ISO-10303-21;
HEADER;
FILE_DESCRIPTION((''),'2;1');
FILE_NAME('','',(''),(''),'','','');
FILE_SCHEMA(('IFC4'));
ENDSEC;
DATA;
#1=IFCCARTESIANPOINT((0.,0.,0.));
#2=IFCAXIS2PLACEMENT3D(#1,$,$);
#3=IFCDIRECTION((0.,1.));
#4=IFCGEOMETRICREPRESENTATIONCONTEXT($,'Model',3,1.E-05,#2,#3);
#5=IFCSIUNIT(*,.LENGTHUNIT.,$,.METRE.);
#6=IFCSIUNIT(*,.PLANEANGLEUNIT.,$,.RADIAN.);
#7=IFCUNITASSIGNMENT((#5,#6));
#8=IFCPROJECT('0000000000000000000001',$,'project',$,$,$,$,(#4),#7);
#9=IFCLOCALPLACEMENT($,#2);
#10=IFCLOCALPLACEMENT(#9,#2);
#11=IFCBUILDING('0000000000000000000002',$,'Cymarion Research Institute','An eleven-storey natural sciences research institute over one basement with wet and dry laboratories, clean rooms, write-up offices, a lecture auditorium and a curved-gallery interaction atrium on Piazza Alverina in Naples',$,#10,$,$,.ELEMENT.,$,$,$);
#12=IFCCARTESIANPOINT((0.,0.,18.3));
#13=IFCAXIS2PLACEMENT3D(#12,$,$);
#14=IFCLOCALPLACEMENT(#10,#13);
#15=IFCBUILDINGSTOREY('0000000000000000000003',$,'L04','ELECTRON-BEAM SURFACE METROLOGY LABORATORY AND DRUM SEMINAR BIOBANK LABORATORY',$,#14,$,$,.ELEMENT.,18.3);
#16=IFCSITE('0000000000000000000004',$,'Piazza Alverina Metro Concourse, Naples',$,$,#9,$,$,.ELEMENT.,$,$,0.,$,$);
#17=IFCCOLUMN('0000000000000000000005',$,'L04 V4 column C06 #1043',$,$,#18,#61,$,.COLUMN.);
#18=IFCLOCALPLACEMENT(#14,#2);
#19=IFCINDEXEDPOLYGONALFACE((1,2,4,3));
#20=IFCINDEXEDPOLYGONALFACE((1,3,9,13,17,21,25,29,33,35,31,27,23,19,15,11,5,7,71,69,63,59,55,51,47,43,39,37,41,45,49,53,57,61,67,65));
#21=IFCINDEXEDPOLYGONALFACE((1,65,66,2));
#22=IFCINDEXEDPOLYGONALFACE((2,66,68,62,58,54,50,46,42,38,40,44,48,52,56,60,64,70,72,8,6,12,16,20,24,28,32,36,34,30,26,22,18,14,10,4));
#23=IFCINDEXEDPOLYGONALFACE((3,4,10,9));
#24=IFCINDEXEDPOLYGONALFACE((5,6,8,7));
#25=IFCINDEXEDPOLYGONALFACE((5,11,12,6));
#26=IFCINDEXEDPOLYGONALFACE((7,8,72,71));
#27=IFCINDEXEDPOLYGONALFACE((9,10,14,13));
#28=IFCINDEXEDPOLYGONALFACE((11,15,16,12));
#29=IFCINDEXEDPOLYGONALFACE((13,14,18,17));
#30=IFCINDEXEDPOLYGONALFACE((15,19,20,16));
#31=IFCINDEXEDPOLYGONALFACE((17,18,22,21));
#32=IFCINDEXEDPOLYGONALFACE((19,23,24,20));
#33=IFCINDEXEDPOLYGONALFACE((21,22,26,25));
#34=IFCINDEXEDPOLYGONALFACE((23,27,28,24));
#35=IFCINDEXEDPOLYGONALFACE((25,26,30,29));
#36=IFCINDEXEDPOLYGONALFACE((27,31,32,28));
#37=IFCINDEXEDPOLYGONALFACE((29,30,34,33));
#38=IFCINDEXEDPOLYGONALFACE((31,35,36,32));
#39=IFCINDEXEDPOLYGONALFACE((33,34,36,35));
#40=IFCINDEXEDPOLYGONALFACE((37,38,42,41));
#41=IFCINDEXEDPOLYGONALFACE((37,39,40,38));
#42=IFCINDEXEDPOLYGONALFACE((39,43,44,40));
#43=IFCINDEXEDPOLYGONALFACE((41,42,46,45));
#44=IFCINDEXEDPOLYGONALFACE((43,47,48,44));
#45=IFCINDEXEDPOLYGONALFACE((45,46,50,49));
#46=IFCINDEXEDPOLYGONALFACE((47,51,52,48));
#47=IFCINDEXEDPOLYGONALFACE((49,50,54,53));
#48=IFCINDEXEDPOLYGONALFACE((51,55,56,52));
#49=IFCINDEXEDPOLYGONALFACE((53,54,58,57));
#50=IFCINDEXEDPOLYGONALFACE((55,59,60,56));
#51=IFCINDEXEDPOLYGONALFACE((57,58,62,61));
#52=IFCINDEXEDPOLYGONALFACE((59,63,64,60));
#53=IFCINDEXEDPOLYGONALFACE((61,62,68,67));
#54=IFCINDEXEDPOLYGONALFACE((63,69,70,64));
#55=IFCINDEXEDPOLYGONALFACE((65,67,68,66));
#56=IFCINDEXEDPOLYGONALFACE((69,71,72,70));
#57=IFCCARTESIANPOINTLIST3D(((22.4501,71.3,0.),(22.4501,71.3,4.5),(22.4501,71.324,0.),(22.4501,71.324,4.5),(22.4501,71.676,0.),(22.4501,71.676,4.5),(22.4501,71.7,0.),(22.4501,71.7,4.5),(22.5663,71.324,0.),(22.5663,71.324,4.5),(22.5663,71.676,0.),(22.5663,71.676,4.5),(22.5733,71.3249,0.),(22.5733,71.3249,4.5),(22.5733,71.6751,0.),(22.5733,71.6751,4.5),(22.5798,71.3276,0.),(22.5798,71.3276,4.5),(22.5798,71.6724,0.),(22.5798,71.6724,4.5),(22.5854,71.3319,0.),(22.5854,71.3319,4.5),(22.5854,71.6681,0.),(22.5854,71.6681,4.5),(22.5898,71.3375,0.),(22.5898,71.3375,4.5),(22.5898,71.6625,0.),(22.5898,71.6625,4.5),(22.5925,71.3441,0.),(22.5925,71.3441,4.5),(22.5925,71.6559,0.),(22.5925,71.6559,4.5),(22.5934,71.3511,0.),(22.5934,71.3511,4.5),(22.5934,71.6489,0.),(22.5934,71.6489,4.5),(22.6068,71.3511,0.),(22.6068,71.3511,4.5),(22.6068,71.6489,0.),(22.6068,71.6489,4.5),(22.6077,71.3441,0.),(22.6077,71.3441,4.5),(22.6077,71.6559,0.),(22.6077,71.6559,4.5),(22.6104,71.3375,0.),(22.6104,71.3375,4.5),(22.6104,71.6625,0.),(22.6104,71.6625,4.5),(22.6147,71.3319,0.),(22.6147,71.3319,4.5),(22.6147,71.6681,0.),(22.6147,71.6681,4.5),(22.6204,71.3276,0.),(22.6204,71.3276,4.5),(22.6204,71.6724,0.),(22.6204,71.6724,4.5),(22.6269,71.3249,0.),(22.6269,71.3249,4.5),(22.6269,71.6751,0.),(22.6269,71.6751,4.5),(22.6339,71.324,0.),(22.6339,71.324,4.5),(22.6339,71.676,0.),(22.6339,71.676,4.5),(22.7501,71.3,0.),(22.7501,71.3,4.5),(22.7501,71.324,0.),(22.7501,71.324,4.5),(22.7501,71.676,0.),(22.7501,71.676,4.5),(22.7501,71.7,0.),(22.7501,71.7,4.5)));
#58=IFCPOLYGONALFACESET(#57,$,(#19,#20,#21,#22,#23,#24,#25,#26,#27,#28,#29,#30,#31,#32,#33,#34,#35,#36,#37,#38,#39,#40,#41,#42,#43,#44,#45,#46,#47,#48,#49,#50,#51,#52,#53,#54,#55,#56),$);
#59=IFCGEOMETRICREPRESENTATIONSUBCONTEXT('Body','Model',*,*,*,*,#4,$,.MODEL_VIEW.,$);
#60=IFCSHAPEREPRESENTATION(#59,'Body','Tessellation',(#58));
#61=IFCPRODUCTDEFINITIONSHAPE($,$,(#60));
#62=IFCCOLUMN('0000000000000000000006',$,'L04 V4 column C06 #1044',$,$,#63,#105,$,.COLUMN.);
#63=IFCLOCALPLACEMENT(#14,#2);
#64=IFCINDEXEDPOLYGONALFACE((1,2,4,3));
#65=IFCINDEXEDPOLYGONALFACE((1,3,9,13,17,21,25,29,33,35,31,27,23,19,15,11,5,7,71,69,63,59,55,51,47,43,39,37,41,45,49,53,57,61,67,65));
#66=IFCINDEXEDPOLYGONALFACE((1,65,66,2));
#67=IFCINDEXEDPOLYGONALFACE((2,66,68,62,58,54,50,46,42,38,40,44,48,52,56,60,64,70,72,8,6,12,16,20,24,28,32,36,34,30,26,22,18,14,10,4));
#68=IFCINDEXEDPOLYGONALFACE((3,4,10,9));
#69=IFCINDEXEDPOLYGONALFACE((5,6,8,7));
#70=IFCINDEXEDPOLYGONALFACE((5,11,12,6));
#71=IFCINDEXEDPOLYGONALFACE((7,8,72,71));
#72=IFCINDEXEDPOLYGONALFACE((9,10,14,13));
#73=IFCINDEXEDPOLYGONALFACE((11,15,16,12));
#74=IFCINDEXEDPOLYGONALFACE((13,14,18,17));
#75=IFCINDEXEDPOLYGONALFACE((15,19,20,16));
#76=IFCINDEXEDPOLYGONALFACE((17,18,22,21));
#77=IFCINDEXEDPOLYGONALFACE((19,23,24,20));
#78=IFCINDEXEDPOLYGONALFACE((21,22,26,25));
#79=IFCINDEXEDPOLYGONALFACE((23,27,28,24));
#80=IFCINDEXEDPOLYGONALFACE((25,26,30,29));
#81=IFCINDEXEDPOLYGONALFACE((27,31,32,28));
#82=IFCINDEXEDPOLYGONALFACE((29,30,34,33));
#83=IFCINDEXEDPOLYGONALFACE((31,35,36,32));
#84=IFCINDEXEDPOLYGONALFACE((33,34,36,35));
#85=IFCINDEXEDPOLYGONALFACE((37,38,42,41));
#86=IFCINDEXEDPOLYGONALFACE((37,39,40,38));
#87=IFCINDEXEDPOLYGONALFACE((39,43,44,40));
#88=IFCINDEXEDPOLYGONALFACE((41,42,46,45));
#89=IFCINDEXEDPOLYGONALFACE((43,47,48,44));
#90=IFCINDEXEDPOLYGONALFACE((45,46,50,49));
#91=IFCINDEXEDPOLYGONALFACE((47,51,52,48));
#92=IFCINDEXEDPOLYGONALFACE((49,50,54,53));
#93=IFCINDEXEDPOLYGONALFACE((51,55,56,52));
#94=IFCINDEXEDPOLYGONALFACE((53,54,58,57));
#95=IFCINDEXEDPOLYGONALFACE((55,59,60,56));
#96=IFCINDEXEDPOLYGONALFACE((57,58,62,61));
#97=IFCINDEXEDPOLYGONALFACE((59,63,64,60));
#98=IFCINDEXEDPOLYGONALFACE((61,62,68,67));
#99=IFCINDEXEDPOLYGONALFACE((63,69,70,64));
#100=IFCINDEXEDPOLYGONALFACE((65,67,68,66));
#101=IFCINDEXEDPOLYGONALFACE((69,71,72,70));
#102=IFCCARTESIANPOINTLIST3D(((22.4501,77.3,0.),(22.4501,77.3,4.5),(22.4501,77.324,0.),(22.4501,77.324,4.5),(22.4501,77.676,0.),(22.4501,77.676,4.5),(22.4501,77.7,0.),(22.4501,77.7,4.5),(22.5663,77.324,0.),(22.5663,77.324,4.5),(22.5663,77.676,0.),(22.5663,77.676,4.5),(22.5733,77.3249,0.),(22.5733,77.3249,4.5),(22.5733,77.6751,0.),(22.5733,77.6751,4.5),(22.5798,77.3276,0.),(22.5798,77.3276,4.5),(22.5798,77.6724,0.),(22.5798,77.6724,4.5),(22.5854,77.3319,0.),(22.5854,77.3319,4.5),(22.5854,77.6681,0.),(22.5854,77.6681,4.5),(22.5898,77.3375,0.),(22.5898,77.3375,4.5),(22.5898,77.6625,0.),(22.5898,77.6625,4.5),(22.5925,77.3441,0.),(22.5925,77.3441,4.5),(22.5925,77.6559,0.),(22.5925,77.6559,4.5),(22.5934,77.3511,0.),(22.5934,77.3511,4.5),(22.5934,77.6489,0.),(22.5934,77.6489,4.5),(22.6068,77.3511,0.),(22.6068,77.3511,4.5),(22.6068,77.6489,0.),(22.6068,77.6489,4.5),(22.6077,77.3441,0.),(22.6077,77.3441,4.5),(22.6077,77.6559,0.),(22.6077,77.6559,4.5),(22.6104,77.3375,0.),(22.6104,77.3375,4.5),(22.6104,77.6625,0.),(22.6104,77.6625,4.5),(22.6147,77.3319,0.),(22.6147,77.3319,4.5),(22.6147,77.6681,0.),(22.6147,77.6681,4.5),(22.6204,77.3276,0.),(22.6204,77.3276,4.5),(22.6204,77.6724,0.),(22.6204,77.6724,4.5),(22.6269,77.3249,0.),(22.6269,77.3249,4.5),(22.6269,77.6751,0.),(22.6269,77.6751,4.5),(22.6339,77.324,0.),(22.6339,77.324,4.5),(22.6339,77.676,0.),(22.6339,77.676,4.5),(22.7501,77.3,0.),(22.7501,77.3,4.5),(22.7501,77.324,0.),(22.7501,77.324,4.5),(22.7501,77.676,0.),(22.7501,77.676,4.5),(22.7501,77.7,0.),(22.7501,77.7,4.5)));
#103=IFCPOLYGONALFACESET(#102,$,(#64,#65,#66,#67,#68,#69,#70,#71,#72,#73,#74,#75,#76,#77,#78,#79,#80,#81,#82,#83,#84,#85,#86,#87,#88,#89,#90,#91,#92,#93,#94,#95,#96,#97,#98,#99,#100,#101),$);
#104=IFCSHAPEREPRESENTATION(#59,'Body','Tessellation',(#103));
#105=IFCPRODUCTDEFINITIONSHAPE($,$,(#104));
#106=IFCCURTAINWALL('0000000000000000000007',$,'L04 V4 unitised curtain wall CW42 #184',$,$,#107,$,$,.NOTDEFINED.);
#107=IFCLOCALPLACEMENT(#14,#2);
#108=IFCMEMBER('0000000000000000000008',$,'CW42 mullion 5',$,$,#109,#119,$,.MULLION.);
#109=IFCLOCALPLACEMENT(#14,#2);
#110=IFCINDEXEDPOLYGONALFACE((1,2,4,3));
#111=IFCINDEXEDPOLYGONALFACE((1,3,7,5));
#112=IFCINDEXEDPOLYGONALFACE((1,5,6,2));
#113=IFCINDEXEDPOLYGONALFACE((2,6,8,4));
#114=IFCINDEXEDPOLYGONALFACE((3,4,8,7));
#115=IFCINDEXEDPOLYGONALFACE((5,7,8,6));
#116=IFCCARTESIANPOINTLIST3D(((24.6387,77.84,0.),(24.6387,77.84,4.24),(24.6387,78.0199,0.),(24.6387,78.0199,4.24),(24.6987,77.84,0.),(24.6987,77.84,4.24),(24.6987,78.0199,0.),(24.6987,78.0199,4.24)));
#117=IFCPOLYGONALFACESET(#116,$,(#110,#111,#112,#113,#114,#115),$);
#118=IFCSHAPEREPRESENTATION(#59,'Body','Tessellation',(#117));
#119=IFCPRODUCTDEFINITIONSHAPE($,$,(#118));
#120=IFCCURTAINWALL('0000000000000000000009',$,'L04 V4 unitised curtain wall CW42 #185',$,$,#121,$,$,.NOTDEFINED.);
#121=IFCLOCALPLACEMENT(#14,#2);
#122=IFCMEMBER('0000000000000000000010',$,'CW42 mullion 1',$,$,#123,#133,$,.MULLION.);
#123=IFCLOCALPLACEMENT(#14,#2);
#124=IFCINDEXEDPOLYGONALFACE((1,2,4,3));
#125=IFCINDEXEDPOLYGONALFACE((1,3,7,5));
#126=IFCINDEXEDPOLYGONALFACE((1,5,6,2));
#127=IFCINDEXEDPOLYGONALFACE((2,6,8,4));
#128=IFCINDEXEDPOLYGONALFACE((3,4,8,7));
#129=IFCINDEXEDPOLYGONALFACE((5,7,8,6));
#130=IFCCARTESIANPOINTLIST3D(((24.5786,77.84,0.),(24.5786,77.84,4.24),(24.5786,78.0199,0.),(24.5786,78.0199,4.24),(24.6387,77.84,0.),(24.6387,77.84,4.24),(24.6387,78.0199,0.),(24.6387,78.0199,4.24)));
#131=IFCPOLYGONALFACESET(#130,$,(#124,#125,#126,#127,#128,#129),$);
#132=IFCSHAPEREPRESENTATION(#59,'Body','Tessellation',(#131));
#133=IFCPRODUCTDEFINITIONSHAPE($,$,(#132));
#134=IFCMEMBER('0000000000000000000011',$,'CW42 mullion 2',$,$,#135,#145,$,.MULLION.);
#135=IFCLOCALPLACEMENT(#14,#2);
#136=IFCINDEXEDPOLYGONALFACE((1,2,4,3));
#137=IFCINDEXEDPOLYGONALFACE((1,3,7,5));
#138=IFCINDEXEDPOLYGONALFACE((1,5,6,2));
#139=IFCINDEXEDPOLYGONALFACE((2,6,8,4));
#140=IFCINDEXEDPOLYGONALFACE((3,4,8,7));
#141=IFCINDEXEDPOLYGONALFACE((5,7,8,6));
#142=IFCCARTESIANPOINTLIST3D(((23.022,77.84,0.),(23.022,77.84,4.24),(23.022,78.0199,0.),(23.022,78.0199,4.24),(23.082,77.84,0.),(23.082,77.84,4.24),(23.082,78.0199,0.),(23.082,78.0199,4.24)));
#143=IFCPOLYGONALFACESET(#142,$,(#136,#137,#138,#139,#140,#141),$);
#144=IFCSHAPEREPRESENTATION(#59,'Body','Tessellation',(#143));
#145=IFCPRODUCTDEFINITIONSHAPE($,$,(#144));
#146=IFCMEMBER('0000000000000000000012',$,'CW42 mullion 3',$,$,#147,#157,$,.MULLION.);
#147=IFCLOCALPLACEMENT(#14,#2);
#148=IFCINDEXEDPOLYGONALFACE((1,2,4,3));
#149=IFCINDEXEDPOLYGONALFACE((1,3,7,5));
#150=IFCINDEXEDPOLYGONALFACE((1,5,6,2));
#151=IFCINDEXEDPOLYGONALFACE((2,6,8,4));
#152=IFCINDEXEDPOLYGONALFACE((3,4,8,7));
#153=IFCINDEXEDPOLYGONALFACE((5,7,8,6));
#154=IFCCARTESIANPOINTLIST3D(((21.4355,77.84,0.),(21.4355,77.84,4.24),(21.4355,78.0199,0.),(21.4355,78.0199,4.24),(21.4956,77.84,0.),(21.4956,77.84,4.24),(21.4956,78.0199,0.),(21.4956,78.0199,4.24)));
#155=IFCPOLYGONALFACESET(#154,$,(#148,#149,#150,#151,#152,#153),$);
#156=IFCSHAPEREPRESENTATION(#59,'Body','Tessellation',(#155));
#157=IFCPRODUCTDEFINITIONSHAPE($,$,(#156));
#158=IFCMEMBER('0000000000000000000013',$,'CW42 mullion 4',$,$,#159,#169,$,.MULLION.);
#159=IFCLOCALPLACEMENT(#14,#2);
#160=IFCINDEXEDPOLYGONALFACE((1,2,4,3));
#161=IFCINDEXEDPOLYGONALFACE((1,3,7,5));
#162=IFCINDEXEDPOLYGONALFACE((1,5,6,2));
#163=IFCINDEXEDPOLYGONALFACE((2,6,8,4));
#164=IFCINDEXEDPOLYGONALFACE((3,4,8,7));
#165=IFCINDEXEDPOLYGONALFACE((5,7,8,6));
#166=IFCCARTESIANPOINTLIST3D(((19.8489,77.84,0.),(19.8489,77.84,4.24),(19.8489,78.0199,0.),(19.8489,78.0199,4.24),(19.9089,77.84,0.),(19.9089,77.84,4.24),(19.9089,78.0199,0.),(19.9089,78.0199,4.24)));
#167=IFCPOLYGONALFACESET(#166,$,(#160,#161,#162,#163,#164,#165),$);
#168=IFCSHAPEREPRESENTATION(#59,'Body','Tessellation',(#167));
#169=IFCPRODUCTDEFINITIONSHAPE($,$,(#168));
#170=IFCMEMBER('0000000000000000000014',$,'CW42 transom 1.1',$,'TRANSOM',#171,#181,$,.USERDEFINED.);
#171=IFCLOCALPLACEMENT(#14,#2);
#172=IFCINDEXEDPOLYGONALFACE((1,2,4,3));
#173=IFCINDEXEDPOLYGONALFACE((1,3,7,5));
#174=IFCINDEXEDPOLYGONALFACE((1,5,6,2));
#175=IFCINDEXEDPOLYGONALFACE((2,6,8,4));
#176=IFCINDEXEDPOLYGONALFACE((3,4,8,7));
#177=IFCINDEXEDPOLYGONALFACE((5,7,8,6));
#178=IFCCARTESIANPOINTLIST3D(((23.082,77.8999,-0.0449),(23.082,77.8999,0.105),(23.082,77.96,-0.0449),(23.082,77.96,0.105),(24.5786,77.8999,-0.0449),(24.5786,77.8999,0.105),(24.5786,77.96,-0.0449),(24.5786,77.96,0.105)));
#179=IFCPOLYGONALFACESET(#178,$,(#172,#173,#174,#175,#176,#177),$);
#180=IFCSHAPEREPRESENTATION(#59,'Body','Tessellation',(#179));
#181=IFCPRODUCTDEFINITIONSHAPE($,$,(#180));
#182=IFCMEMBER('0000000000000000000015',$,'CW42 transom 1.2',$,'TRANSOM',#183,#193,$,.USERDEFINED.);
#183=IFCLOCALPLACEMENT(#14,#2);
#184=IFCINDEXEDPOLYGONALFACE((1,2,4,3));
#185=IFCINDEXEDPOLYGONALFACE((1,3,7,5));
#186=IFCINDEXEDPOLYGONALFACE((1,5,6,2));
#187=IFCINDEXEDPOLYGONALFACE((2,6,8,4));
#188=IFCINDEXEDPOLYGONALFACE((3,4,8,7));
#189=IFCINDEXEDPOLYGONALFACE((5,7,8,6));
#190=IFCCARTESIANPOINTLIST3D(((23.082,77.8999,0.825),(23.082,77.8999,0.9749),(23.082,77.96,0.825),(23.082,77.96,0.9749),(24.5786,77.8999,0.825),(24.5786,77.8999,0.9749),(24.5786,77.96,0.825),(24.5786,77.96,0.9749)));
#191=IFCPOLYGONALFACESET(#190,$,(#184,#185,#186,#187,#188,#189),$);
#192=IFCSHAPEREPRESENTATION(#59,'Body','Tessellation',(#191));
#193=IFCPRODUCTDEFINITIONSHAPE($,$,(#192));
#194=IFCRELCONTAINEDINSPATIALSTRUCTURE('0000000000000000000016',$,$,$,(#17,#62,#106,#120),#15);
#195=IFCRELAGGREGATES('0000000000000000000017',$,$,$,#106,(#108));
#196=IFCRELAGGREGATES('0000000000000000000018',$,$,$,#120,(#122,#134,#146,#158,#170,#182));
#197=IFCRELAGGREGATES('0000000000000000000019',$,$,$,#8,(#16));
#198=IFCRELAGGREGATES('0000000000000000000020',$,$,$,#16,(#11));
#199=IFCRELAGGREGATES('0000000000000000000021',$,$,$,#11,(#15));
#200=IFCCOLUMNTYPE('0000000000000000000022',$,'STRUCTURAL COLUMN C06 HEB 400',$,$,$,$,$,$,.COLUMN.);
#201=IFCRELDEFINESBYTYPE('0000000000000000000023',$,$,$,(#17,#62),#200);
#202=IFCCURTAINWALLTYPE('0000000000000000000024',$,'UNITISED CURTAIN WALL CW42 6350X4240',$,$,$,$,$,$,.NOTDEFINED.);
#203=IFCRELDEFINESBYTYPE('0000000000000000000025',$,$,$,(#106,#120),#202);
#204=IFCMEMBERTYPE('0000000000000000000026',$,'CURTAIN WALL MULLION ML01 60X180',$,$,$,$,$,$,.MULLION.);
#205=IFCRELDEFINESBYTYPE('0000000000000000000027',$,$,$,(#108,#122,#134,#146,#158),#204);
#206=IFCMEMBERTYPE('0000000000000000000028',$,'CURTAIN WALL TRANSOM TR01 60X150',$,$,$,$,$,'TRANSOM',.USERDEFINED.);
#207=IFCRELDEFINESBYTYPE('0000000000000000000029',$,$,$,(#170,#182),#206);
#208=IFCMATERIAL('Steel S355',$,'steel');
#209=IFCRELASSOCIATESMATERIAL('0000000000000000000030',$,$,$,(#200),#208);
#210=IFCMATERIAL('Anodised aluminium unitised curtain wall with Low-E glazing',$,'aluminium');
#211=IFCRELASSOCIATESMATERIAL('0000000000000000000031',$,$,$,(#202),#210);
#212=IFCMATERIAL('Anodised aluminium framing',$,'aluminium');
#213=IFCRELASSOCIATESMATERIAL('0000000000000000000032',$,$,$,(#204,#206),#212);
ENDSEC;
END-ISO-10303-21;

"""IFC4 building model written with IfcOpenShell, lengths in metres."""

from ifc_helpers import new_model, si_unit, direction, frame, origin, origin_2d, place, context, subcontext, project, spatial, rectangle, i_section, extrude, material, material_profile, profile_set, type_object, element, aggregate, save


model = new_model("IFC4")

# Units and contexts
model_context = context("Model", 3, precision=1e-05, world=origin(), true_north=direction((0.0, 1.0)))
body_context = subcontext(model_context, "Body", "Model", "MODEL_VIEW")
ifc_project = project(units=[si_unit("LENGTHUNIT", "METRE"), si_unit("PLANEANGLEUNIT", "RADIAN")], contexts=[model_context])

# Site, building, storey
site_placement = place(None, origin())
site = spatial("IfcSite", under=ifc_project, at=site_placement, Name="Piazza Alverina Metro Concourse, Naples", CompositionType="ELEMENT", RefElevation=0.0)
building_placement = place(site_placement, origin())
building = spatial("IfcBuilding", under=site, at=building_placement, Name="Cymarion Research Institute", Description="An eleven-storey natural sciences research institute over one basement with wet and dry laboratories, clean rooms, write-up offices, a lecture auditorium and a curved-gallery interaction atrium on Piazza Alverina in Naples", CompositionType="ELEMENT")
storey_placement = place(building_placement, frame((0.0, 0.0, 18.3)))
storey = spatial("IfcBuildingStorey", under=building, at=storey_placement, Name="L04", Description="ELECTRON-BEAM SURFACE METROLOGY LABORATORY AND DRUM SEMINAR BIOBANK LABORATORY", CompositionType="ELEMENT", Elevation=18.3)

# Columns
ifc_material_1 = material(Name="Steel S355", Category="steel")
ifc_material_profile_1 = material_profile(ifc_material_1, i_section(OverallWidth=0.3, OverallDepth=0.3999, WebThickness=0.0134, FlangeThickness=0.0239, FilletRadius=0.0271, at=origin_2d()), Name="HEB 400")
ifc_profile_set_1 = profile_set([ifc_material_profile_1], Name="Steel S355")
column_type = type_object("IfcColumnType", Name="STRUCTURAL COLUMN C06 HEB 400", PredefinedType="COLUMN", material=ifc_profile_set_1)
for number, where, z_axis, x_axis, name in (
    (1, (22.6001, 71.5, 0.0), (0.0, 0.0, 1.0), (1.0, 0.0, 0.0), "L04 V4 column C06 #1043"),
    (2, (22.6001, 77.5, 0.0), (0.0, 0.0, 1.0), (1.0, 0.0, 0.0), "L04 V4 column C06 #1044"),
):
    element("IfcColumn", number, at=place(storey_placement, frame(where, z_axis=z_axis, x_axis=x_axis)), inside=storey, type_object=column_type, Name=name, PredefinedType="COLUMN", context=body_context, shape_type="SweptSolid", body=[
        extrude(i_section(OverallWidth=0.3, OverallDepth=0.3999, WebThickness=0.0134, FlangeThickness=0.0239, FilletRadius=0.0271, at=origin_2d()), origin(), (0.0, 0.0, 1.0), 4.5),
    ])

# Curtain wall, member
ifc_material_2 = material(Name="Anodised aluminium unitised curtain wall with Low-E glazing", Category="aluminium")
curtain_wall_type = type_object("IfcCurtainWallType", Name="UNITISED CURTAIN WALL CW42 6350X4240", PredefinedType="NOTDEFINED", material=ifc_material_2)
curtain_wall_1_placement = place(storey_placement, origin())
curtain_wall_1 = element("IfcCurtainWall", 3, at=curtain_wall_1_placement, inside=storey, type_object=curtain_wall_type, Name="L04 V4 unitised curtain wall CW42 #184", PredefinedType="NOTDEFINED")
ifc_material_3 = material(Name="Anodised aluminium framing", Category="aluminium")
ifc_material_profile_2 = material_profile(ifc_material_3, rectangle(XDim=0.0601, YDim=0.1799, at=origin_2d()), Name="ALU MULLION 60x180")
ifc_profile_set_2 = profile_set([ifc_material_profile_2], Name="Anodised aluminium framing")
member_type_1 = type_object("IfcMemberType", Name="CURTAIN WALL MULLION ML01 60X180", PredefinedType="MULLION", material=ifc_profile_set_2)
member_1_placement = place(storey_placement, frame((24.6687, 77.9299, 0.0), z_axis=(0.0, 0.0, 1.0), x_axis=(-1.0, 0.0, 0.0)))
member_1 = element("IfcMember", 4, at=member_1_placement, type_object=member_type_1, Name="CW42 mullion 5", PredefinedType="MULLION", context=body_context, shape_type="SweptSolid", body=[
    extrude(rectangle(XDim=0.0601, YDim=0.1799, at=origin_2d()), origin(), (0.0, 0.0, 1.0), 4.24),
])
aggregate(curtain_wall_1, [member_1])

# Curtain wall, members
curtain_wall_2_placement = place(storey_placement, origin())
curtain_wall_2 = element("IfcCurtainWall", 5, at=curtain_wall_2_placement, inside=storey, type_object=curtain_wall_type, Name="L04 V4 unitised curtain wall CW42 #185", PredefinedType="NOTDEFINED")
member_2_placement = place(storey_placement, frame((24.6086, 77.9299, 0.0), z_axis=(0.0, 0.0, 1.0), x_axis=(-1.0, 0.0, 0.0)))
member_2 = element("IfcMember", 6, at=member_2_placement, type_object=member_type_1, Name="CW42 mullion 1", PredefinedType="MULLION", context=body_context, shape_type="SweptSolid", body=[
    extrude(rectangle(XDim=0.0601, YDim=0.1799, at=origin_2d()), origin(), (0.0, 0.0, 1.0), 4.24),
])
member_3_placement = place(storey_placement, frame((23.052, 77.9299, 0.0), z_axis=(0.0, 0.0, 1.0), x_axis=(-1.0, 0.0, 0.0)))
member_3 = element("IfcMember", 7, at=member_3_placement, type_object=member_type_1, Name="CW42 mullion 2", PredefinedType="MULLION", context=body_context, shape_type="SweptSolid", body=[
    extrude(rectangle(XDim=0.0601, YDim=0.1799, at=origin_2d()), origin(), (0.0, 0.0, 1.0), 4.24),
])
member_4_placement = place(storey_placement, frame((21.4656, 77.9299, 0.0), z_axis=(0.0, 0.0, 1.0), x_axis=(-1.0, 0.0, 0.0)))
member_4 = element("IfcMember", 8, at=member_4_placement, type_object=member_type_1, Name="CW42 mullion 3", PredefinedType="MULLION", context=body_context, shape_type="SweptSolid", body=[
    extrude(rectangle(XDim=0.0601, YDim=0.1799, at=origin_2d()), origin(), (0.0, 0.0, 1.0), 4.24),
])
member_5_placement = place(storey_placement, frame((19.8789, 77.9299, 0.0), z_axis=(0.0, 0.0, 1.0), x_axis=(-1.0, 0.0, 0.0)))
member_5 = element("IfcMember", 9, at=member_5_placement, type_object=member_type_1, Name="CW42 mullion 4", PredefinedType="MULLION", context=body_context, shape_type="SweptSolid", body=[
    extrude(rectangle(XDim=0.0601, YDim=0.1799, at=origin_2d()), origin(), (0.0, 0.0, 1.0), 4.24),
])
ifc_material_profile_3 = material_profile(ifc_material_3, rectangle(XDim=0.0601, YDim=0.1499, at=origin_2d()), Name="ALU TRANSOM 60x150")
ifc_profile_set_3 = profile_set([ifc_material_profile_3], Name="Anodised aluminium framing")
member_type_2 = type_object("IfcMemberType", Name="CURTAIN WALL TRANSOM TR01 60X150", ElementType="TRANSOM", PredefinedType="USERDEFINED", material=ifc_profile_set_3)
member_6_placement = place(storey_placement, frame((24.5786, 77.9299, 0.03), z_axis=(-1.0, 0.0, 0.0), x_axis=(0.0, -1.0, 0.0)))
member_6 = element("IfcMember", 10, at=member_6_placement, type_object=member_type_2, Name="CW42 transom 1.1", ObjectType="TRANSOM", PredefinedType="USERDEFINED", context=body_context, shape_type="SweptSolid", body=[
    extrude(rectangle(XDim=0.0601, YDim=0.1499, at=origin_2d()), origin(), (0.0, 0.0, 1.0), 1.4966),
])
member_7_placement = place(storey_placement, frame((24.5786, 77.9299, 0.8999), z_axis=(-1.0, 0.0, 0.0), x_axis=(0.0, -1.0, 0.0)))
member_7 = element("IfcMember", 11, at=member_7_placement, type_object=member_type_2, Name="CW42 transom 1.2", ObjectType="TRANSOM", PredefinedType="USERDEFINED", context=body_context, shape_type="SweptSolid", body=[
    extrude(rectangle(XDim=0.0601, YDim=0.1499, at=origin_2d()), origin(), (0.0, 0.0, 1.0), 1.4966),
])

aggregate(curtain_wall_2, [member_2, member_3, member_4, member_5, member_6, member_7])

save(model, "model.ifc")
